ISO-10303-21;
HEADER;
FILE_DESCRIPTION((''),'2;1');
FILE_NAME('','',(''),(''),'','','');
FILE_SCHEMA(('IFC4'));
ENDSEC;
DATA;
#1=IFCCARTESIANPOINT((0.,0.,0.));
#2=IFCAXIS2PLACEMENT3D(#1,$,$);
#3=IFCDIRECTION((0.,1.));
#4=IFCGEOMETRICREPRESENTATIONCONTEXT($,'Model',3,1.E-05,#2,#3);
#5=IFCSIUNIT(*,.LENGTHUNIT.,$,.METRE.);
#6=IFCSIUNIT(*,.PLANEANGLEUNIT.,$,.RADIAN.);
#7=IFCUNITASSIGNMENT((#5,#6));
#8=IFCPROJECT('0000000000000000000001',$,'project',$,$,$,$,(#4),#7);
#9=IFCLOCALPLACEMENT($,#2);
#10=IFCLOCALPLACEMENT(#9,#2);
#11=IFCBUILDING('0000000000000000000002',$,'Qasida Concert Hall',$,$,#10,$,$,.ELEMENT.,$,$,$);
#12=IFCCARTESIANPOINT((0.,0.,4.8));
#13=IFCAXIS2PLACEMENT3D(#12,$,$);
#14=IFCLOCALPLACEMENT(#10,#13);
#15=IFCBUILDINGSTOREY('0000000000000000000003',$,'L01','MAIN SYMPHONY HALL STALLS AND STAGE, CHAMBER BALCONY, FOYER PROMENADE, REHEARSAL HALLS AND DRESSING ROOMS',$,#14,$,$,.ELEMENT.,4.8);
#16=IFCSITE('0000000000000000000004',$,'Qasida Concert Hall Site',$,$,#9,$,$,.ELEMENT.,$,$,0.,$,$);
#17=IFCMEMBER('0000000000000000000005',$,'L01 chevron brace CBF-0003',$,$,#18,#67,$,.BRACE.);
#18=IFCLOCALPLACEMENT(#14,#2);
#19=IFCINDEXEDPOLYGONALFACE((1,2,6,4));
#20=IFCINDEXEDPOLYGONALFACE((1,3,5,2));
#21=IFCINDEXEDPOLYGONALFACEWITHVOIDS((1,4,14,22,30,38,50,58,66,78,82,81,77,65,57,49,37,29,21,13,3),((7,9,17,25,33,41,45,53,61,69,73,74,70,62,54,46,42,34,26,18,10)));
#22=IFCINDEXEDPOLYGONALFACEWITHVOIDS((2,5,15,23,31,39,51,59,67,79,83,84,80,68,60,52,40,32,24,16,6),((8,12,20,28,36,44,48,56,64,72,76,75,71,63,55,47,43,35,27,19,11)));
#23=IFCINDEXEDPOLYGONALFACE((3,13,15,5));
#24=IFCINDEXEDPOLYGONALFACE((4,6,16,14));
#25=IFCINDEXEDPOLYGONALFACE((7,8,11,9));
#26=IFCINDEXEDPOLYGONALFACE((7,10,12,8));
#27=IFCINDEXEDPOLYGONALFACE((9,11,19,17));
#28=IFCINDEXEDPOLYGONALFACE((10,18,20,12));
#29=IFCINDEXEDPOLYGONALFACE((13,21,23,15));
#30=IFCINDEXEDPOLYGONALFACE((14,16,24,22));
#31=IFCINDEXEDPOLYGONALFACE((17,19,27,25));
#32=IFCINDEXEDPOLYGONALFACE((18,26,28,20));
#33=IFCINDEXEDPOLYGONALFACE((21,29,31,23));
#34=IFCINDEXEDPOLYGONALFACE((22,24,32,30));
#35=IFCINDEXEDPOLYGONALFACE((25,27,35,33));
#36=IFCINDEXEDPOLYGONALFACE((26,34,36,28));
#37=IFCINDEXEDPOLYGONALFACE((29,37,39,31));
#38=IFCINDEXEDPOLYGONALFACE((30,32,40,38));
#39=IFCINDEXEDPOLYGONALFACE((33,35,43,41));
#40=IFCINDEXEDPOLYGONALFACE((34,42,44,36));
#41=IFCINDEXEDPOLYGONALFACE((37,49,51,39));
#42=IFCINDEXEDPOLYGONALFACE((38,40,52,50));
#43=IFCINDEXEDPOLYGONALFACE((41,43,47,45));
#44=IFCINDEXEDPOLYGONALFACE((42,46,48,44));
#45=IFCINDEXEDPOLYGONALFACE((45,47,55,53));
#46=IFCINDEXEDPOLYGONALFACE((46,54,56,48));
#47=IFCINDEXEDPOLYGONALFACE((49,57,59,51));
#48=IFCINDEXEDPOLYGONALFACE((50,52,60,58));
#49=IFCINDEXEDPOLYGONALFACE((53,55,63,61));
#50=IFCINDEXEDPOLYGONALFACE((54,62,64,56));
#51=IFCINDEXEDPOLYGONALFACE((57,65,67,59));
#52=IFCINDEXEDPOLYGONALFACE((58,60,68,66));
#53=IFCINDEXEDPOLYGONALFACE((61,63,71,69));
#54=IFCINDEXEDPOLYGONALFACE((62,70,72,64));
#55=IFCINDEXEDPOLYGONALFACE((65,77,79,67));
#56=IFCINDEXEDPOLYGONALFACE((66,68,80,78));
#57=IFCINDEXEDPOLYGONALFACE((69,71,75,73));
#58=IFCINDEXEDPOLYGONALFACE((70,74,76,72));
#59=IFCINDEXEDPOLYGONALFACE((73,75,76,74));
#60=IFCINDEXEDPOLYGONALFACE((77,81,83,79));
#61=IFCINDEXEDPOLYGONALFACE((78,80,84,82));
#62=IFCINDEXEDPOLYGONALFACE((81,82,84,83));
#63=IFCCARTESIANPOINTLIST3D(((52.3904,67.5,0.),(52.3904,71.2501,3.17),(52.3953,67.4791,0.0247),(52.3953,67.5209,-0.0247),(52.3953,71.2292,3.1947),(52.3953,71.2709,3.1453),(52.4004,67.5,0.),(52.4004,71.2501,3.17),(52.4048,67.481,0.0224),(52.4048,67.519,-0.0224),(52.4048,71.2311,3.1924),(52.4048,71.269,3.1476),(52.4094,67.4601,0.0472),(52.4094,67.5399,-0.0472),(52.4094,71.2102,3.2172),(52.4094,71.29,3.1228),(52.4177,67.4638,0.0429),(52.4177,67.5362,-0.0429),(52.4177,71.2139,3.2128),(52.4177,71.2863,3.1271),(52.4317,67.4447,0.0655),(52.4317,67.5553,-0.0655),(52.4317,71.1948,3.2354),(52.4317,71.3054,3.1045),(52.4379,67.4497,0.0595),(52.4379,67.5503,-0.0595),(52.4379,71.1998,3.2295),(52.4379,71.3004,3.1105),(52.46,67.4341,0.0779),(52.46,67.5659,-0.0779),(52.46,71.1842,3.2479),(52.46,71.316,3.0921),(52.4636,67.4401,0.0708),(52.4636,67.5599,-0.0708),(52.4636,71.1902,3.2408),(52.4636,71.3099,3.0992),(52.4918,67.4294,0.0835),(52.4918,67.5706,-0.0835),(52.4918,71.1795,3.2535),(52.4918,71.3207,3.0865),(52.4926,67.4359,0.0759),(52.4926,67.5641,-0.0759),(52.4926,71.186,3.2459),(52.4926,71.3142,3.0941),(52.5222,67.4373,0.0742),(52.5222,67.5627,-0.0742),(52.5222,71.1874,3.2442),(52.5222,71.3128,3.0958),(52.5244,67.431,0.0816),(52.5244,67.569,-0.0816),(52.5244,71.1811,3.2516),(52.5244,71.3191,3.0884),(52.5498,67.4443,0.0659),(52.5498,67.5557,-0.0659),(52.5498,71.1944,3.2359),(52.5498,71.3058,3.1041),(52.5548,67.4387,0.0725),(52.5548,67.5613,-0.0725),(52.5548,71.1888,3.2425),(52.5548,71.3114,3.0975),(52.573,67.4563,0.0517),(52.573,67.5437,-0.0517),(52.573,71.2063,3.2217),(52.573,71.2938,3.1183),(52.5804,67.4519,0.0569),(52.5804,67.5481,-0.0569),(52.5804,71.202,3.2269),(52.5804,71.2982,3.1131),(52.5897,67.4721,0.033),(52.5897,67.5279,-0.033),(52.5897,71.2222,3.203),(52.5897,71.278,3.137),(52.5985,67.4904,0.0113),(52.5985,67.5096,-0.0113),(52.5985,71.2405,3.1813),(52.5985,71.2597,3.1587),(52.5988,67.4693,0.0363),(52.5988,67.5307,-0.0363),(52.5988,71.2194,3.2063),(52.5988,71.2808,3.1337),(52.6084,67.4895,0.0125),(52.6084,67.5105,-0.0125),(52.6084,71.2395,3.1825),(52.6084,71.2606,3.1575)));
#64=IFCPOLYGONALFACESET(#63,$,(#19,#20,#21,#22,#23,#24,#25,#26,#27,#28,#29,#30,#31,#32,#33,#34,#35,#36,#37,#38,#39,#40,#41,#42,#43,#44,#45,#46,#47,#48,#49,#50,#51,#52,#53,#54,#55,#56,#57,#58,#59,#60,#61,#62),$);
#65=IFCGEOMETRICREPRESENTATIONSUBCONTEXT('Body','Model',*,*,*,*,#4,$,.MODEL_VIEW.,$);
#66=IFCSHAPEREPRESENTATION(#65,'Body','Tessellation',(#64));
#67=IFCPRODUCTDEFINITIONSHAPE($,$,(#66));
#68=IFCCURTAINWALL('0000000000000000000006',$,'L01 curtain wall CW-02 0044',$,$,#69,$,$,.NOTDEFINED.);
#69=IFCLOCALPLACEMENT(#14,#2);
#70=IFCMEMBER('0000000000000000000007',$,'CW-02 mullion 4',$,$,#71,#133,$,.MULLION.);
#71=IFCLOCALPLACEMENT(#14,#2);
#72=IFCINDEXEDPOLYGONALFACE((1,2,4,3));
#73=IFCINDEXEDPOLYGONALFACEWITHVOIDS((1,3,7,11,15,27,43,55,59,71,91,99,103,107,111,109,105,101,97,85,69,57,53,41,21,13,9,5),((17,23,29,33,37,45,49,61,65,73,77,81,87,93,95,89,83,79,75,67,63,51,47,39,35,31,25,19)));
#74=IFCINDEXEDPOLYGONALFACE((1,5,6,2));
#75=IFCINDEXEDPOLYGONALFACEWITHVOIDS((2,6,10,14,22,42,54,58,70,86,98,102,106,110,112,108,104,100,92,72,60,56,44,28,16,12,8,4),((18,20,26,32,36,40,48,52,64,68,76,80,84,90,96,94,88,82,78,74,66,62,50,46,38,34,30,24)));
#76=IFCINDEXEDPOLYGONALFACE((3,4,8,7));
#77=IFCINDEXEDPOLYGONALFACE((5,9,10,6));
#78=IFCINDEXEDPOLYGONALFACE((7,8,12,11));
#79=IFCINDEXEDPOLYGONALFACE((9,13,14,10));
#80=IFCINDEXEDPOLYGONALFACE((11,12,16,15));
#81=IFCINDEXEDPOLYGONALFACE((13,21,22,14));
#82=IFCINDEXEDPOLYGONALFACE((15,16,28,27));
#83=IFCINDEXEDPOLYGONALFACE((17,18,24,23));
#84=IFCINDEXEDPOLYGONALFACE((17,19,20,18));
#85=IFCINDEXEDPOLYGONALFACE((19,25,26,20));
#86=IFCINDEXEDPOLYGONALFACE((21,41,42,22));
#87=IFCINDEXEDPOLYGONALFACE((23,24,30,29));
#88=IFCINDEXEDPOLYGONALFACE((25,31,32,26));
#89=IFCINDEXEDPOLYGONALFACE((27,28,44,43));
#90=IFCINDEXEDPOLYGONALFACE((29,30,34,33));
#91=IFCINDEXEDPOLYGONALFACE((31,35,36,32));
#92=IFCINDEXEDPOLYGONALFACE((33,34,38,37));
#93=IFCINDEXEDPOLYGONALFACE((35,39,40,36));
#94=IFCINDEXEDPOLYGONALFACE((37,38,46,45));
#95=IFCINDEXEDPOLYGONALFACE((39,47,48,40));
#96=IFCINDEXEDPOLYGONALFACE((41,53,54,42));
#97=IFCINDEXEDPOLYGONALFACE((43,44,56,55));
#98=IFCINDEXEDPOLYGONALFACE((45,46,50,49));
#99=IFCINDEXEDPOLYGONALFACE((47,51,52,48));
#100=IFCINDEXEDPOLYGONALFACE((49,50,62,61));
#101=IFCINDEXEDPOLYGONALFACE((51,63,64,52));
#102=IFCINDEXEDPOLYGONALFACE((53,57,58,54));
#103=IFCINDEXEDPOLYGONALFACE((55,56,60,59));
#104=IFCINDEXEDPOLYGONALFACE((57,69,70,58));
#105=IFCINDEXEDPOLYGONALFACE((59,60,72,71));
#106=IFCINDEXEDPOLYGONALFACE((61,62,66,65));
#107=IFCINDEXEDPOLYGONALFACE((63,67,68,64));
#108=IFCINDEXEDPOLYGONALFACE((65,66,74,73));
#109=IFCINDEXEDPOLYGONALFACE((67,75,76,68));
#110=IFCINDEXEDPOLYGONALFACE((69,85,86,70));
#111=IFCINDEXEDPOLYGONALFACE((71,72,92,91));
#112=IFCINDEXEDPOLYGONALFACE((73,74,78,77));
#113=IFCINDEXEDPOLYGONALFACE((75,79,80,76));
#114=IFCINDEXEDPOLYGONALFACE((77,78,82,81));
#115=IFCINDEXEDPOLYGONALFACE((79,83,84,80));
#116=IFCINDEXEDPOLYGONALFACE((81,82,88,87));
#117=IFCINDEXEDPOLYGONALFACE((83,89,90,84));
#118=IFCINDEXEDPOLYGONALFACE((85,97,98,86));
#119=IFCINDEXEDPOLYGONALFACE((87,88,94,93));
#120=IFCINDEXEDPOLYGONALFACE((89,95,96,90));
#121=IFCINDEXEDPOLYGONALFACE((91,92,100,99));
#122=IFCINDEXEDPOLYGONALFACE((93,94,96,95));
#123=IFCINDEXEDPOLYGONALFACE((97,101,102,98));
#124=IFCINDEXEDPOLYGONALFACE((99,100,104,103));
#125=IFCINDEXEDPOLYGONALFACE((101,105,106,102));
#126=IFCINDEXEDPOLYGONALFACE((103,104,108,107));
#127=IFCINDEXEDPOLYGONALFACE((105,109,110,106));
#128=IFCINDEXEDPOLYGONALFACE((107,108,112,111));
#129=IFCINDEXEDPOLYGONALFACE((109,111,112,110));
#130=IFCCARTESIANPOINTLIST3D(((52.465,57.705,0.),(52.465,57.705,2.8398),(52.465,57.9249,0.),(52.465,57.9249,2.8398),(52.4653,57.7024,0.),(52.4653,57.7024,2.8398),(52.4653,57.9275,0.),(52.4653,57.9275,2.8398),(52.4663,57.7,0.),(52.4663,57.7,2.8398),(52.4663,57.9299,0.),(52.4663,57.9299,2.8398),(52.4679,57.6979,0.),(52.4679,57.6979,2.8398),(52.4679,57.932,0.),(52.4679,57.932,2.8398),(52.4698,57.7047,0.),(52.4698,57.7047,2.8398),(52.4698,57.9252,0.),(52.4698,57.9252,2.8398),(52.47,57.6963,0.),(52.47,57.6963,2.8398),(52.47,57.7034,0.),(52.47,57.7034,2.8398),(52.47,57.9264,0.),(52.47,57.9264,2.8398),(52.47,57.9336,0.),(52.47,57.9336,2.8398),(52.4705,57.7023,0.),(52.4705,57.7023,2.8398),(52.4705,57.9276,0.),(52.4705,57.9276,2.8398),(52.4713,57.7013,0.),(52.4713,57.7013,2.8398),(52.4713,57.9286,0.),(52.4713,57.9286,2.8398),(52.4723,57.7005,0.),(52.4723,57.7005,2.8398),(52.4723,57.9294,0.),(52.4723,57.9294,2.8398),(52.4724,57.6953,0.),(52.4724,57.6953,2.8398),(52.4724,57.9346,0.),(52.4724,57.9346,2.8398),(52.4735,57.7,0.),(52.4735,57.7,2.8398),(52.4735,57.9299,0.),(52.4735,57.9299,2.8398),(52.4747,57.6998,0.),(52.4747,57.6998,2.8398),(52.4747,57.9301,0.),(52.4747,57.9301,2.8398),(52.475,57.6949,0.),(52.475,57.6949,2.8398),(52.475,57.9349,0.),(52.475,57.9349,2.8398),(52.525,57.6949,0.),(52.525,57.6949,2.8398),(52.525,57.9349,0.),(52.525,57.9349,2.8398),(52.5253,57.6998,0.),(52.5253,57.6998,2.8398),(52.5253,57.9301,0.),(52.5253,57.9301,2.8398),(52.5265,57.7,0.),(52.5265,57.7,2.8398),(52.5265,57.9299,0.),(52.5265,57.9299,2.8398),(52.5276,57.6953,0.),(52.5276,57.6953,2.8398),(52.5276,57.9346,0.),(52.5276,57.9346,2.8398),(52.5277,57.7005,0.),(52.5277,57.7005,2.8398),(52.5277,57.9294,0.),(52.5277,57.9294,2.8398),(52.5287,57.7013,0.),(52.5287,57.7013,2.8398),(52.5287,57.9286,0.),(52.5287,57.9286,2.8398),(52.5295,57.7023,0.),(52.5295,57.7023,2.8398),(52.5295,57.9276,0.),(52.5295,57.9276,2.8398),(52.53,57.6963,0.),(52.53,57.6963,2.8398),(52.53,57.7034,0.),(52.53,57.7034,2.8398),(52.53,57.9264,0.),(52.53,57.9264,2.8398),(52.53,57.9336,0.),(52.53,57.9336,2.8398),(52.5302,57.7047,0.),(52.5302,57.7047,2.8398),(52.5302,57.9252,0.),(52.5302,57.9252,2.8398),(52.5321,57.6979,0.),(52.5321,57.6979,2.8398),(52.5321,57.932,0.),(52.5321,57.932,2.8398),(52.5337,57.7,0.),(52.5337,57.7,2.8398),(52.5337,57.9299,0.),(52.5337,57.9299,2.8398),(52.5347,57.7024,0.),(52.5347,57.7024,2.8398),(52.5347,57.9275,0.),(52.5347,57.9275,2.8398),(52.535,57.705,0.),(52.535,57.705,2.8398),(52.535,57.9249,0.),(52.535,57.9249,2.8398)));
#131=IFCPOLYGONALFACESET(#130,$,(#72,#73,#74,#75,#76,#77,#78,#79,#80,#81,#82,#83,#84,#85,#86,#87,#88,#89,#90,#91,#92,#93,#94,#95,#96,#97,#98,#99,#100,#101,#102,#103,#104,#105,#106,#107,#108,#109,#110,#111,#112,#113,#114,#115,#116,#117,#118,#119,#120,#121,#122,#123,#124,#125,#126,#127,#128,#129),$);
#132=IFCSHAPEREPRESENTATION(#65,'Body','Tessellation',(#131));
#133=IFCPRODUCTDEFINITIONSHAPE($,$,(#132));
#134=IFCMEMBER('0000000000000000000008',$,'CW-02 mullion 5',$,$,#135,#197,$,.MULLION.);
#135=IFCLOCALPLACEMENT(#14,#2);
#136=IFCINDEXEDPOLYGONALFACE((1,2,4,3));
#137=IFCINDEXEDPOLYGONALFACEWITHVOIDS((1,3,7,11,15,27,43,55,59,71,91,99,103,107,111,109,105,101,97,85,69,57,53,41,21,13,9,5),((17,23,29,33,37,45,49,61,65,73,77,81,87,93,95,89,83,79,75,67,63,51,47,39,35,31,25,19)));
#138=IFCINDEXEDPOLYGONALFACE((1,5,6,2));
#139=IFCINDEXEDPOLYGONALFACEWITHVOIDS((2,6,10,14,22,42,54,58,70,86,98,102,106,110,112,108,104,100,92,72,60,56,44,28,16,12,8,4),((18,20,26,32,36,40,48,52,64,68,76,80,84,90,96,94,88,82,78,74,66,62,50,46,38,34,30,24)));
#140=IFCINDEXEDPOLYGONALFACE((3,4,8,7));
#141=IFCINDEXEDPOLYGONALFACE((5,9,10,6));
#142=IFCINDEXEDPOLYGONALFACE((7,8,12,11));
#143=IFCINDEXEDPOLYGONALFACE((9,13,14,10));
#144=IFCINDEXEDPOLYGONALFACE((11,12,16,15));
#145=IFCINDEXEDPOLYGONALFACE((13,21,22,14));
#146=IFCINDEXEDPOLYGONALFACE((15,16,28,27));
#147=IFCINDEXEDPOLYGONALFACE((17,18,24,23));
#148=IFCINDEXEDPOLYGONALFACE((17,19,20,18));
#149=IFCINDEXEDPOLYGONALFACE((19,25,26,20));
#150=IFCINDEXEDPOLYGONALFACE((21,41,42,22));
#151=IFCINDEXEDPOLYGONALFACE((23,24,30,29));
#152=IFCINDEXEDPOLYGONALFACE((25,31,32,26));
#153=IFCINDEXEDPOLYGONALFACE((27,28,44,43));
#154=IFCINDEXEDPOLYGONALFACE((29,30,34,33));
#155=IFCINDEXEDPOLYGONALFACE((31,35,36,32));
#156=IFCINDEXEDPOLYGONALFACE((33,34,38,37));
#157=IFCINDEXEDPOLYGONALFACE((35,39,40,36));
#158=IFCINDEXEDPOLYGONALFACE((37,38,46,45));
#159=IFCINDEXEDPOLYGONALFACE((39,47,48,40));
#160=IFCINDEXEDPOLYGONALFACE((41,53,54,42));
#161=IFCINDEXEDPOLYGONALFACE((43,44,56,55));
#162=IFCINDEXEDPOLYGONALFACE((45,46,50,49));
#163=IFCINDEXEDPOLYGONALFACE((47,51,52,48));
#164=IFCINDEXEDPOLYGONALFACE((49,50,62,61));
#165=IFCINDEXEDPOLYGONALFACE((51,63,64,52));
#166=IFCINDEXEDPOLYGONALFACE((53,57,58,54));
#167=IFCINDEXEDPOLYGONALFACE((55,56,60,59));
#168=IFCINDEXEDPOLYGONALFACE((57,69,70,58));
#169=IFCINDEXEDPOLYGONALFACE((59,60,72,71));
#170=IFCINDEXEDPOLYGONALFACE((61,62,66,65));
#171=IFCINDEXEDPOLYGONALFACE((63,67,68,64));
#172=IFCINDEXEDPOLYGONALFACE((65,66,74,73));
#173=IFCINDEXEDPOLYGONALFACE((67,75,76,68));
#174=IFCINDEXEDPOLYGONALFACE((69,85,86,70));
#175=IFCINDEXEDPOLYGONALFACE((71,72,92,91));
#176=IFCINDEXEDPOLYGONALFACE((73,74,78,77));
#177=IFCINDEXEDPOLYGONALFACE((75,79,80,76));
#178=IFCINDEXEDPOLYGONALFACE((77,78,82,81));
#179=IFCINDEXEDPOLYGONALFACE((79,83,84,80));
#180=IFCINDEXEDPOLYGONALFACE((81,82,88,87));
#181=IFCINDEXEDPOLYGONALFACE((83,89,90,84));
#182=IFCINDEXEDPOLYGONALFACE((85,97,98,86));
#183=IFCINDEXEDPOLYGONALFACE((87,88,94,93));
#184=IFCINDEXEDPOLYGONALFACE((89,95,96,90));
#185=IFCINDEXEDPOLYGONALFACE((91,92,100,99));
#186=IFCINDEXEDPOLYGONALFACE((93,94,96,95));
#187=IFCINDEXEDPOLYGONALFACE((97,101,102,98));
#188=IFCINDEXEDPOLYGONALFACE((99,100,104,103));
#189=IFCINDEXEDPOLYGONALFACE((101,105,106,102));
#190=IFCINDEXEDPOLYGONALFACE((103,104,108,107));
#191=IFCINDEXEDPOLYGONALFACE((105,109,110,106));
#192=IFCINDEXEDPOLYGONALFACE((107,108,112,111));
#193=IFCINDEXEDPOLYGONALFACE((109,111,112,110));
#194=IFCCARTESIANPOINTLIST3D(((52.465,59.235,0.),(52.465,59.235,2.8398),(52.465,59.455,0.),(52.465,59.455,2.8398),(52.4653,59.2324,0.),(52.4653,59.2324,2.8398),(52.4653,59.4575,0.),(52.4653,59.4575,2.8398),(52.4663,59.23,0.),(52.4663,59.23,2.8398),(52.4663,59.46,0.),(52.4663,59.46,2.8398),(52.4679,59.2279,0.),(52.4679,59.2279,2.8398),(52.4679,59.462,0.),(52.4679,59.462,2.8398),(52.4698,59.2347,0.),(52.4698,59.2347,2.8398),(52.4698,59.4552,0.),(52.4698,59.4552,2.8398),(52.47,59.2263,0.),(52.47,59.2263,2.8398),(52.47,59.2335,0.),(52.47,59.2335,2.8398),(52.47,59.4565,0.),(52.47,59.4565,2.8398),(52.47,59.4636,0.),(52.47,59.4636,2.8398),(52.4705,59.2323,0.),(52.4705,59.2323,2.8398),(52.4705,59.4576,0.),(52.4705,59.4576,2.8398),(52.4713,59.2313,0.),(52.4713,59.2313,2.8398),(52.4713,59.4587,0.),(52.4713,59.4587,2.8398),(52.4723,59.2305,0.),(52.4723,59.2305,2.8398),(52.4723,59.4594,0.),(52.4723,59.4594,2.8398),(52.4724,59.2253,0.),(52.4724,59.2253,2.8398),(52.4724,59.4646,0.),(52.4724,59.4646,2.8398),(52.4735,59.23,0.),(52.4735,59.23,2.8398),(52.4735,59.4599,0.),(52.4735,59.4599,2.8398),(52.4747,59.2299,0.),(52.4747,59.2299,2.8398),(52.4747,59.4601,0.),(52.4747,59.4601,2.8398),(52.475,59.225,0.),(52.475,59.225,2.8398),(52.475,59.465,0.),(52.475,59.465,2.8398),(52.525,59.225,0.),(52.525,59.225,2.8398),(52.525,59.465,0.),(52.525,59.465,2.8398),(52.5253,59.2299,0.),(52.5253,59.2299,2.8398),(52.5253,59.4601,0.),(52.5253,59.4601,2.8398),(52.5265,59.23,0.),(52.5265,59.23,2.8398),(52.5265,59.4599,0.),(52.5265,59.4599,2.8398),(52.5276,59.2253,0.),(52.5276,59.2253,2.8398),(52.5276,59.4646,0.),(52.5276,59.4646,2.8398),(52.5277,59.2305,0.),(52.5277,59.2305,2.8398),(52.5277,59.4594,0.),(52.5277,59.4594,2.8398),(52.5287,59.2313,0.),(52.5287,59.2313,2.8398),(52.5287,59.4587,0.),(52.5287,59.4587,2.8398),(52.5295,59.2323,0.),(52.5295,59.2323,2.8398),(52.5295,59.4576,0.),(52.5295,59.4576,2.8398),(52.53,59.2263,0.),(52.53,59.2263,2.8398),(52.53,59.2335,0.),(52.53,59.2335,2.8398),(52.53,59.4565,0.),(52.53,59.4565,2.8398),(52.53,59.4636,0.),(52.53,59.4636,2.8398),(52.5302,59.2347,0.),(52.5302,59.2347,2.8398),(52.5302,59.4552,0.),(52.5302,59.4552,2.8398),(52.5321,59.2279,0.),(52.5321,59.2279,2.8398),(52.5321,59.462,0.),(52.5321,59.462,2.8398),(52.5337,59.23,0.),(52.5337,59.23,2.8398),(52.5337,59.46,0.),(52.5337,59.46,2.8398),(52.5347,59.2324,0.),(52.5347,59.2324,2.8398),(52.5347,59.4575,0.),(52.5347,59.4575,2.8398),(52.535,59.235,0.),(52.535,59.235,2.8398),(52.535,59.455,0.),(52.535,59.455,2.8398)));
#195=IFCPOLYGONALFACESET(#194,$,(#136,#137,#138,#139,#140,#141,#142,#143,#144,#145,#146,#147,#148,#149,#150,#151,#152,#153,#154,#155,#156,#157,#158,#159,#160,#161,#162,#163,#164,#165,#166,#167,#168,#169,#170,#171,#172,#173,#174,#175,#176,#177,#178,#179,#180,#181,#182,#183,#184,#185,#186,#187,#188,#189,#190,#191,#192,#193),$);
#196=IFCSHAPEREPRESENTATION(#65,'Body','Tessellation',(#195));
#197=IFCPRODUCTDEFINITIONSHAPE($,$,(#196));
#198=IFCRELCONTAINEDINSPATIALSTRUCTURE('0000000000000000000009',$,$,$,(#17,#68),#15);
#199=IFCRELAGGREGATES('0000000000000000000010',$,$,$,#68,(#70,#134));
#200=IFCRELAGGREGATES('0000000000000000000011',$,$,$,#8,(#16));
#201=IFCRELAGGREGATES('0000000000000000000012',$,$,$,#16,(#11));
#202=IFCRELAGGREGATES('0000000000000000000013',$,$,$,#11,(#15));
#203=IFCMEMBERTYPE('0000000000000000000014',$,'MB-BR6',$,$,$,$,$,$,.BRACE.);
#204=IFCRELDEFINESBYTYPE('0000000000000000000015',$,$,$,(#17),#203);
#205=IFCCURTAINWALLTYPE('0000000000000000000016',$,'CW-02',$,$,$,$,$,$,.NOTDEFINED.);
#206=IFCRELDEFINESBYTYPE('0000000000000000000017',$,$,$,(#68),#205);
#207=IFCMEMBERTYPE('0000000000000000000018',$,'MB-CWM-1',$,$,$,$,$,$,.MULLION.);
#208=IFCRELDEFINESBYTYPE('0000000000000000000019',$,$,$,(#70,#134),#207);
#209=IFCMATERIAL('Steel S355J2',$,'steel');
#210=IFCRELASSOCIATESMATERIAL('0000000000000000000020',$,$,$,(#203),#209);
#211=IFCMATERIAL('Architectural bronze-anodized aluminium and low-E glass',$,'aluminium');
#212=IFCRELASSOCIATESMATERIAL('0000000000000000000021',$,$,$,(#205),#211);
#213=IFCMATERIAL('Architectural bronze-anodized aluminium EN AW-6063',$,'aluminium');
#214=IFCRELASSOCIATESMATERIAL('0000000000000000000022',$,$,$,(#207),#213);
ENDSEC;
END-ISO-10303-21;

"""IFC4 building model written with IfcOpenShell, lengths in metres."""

from ifc_helpers import new_model, si_unit, direction, frame, origin, origin_2d, place, context, subcontext, project, spatial, hollow_rectangle, hollow_circle, extrude, material, material_profile, profile_set, type_object, element, aggregate, save


model = new_model("IFC4")

# Units and contexts
model_context = context("Model", 3, precision=1e-05, world=origin(), true_north=direction((0.0, 1.0)))
body_context = subcontext(model_context, "Body", "Model", "MODEL_VIEW")
ifc_project = project(units=[si_unit("LENGTHUNIT", "METRE"), si_unit("PLANEANGLEUNIT", "RADIAN")], contexts=[model_context])

# Site, building, storey
site_placement = place(None, origin())
site = spatial("IfcSite", under=ifc_project, at=site_placement, Name="Qasida Concert Hall Site", CompositionType="ELEMENT", RefElevation=0.0)
building_placement = place(site_placement, origin())
building = spatial("IfcBuilding", under=site, at=building_placement, Name="Qasida Concert Hall", CompositionType="ELEMENT")
storey_placement = place(building_placement, frame((0.0, 0.0, 4.8)))
storey = spatial("IfcBuildingStorey", under=building, at=storey_placement, Name="L01", Description="MAIN SYMPHONY HALL STALLS AND STAGE, CHAMBER BALCONY, FOYER PROMENADE, REHEARSAL HALLS AND DRESSING ROOMS", CompositionType="ELEMENT", Elevation=4.8)

# Shared definitions
ifc_material_1 = material(Name="Steel S355J2", Category="steel")

# Member
ifc_material_profile_1 = material_profile(ifc_material_1, hollow_circle(Radius=0.1096, WallThickness=0.01, at=origin_2d()), Name="CHS 219.1x10")
ifc_profile_set_1 = profile_set([ifc_material_profile_1], Name="Steel S355J2")
member_type_1 = type_object("IfcMemberType", Name="MB-BR6", PredefinedType="BRACE", material=ifc_profile_set_1)
member_1_placement = place(storey_placement, frame((52.5, 67.5, 0.0), z_axis=(0.0, 0.763703, 0.645568), x_axis=(-1.0, 0.0, 0.0)))
element("IfcMember", 1, at=member_1_placement, inside=storey, type_object=member_type_1, Name="L01 chevron brace CBF-0003", PredefinedType="BRACE", context=body_context, shape_type="SweptSolid", body=[
    extrude(hollow_circle(Radius=0.1096, WallThickness=0.01, at=origin_2d()), origin(), (0.0, 0.0, 1.0), 4.9104),
])

# Curtain wall, members
ifc_material_2 = material(Name="Architectural bronze-anodized aluminium and low-E glass", Category="aluminium")
curtain_wall_type = type_object("IfcCurtainWallType", Name="CW-02", PredefinedType="NOTDEFINED", material=ifc_material_2)
curtain_wall_placement = place(storey_placement, origin())
curtain_wall = element("IfcCurtainWall", 2, at=curtain_wall_placement, inside=storey, type_object=curtain_wall_type, Name="L01 curtain wall CW-02 0044", PredefinedType="NOTDEFINED")
ifc_material_3 = material(Name="Architectural bronze-anodized aluminium EN AW-6063", Category="aluminium")
ifc_material_profile_2 = material_profile(ifc_material_3, hollow_rectangle(XDim=0.0701, YDim=0.24, WallThickness=0.0049, InnerFilletRadius=0.0049, OuterFilletRadius=0.01, at=origin_2d()), Name="CWM 240x70x5")
ifc_profile_set_2 = profile_set([ifc_material_profile_2], Name="Architectural bronze-anodized aluminium EN AW-6063")
member_type_2 = type_object("IfcMemberType", Name="MB-CWM-1", PredefinedType="MULLION", material=ifc_profile_set_2)
member_2_placement = place(storey_placement, frame((52.5, 57.8149, 0.0), z_axis=(0.0, 0.0, 1.0), x_axis=(-1.0, 0.0, 0.0)))
member_2 = element("IfcMember", 3, at=member_2_placement, type_object=member_type_2, Name="CW-02 mullion 4", PredefinedType="MULLION", context=body_context, shape_type="SweptSolid", body=[
    extrude(hollow_rectangle(XDim=0.0701, YDim=0.24, WallThickness=0.0049, InnerFilletRadius=0.0049, OuterFilletRadius=0.01, at=origin_2d()), origin(), (0.0, 0.0, 1.0), 2.8398),
])
member_3_placement = place(storey_placement, frame((52.5, 59.345, 0.0), z_axis=(0.0, 0.0, 1.0), x_axis=(-1.0, 0.0, 0.0)))
member_3 = element("IfcMember", 4, at=member_3_placement, type_object=member_type_2, Name="CW-02 mullion 5", PredefinedType="MULLION", context=body_context, shape_type="SweptSolid", body=[
    extrude(hollow_rectangle(XDim=0.0701, YDim=0.24, WallThickness=0.0049, InnerFilletRadius=0.0049, OuterFilletRadius=0.01, at=origin_2d()), origin(), (0.0, 0.0, 1.0), 2.8398),
])
aggregate(curtain_wall, [member_2, member_3])

save(model, "model.ifc")
